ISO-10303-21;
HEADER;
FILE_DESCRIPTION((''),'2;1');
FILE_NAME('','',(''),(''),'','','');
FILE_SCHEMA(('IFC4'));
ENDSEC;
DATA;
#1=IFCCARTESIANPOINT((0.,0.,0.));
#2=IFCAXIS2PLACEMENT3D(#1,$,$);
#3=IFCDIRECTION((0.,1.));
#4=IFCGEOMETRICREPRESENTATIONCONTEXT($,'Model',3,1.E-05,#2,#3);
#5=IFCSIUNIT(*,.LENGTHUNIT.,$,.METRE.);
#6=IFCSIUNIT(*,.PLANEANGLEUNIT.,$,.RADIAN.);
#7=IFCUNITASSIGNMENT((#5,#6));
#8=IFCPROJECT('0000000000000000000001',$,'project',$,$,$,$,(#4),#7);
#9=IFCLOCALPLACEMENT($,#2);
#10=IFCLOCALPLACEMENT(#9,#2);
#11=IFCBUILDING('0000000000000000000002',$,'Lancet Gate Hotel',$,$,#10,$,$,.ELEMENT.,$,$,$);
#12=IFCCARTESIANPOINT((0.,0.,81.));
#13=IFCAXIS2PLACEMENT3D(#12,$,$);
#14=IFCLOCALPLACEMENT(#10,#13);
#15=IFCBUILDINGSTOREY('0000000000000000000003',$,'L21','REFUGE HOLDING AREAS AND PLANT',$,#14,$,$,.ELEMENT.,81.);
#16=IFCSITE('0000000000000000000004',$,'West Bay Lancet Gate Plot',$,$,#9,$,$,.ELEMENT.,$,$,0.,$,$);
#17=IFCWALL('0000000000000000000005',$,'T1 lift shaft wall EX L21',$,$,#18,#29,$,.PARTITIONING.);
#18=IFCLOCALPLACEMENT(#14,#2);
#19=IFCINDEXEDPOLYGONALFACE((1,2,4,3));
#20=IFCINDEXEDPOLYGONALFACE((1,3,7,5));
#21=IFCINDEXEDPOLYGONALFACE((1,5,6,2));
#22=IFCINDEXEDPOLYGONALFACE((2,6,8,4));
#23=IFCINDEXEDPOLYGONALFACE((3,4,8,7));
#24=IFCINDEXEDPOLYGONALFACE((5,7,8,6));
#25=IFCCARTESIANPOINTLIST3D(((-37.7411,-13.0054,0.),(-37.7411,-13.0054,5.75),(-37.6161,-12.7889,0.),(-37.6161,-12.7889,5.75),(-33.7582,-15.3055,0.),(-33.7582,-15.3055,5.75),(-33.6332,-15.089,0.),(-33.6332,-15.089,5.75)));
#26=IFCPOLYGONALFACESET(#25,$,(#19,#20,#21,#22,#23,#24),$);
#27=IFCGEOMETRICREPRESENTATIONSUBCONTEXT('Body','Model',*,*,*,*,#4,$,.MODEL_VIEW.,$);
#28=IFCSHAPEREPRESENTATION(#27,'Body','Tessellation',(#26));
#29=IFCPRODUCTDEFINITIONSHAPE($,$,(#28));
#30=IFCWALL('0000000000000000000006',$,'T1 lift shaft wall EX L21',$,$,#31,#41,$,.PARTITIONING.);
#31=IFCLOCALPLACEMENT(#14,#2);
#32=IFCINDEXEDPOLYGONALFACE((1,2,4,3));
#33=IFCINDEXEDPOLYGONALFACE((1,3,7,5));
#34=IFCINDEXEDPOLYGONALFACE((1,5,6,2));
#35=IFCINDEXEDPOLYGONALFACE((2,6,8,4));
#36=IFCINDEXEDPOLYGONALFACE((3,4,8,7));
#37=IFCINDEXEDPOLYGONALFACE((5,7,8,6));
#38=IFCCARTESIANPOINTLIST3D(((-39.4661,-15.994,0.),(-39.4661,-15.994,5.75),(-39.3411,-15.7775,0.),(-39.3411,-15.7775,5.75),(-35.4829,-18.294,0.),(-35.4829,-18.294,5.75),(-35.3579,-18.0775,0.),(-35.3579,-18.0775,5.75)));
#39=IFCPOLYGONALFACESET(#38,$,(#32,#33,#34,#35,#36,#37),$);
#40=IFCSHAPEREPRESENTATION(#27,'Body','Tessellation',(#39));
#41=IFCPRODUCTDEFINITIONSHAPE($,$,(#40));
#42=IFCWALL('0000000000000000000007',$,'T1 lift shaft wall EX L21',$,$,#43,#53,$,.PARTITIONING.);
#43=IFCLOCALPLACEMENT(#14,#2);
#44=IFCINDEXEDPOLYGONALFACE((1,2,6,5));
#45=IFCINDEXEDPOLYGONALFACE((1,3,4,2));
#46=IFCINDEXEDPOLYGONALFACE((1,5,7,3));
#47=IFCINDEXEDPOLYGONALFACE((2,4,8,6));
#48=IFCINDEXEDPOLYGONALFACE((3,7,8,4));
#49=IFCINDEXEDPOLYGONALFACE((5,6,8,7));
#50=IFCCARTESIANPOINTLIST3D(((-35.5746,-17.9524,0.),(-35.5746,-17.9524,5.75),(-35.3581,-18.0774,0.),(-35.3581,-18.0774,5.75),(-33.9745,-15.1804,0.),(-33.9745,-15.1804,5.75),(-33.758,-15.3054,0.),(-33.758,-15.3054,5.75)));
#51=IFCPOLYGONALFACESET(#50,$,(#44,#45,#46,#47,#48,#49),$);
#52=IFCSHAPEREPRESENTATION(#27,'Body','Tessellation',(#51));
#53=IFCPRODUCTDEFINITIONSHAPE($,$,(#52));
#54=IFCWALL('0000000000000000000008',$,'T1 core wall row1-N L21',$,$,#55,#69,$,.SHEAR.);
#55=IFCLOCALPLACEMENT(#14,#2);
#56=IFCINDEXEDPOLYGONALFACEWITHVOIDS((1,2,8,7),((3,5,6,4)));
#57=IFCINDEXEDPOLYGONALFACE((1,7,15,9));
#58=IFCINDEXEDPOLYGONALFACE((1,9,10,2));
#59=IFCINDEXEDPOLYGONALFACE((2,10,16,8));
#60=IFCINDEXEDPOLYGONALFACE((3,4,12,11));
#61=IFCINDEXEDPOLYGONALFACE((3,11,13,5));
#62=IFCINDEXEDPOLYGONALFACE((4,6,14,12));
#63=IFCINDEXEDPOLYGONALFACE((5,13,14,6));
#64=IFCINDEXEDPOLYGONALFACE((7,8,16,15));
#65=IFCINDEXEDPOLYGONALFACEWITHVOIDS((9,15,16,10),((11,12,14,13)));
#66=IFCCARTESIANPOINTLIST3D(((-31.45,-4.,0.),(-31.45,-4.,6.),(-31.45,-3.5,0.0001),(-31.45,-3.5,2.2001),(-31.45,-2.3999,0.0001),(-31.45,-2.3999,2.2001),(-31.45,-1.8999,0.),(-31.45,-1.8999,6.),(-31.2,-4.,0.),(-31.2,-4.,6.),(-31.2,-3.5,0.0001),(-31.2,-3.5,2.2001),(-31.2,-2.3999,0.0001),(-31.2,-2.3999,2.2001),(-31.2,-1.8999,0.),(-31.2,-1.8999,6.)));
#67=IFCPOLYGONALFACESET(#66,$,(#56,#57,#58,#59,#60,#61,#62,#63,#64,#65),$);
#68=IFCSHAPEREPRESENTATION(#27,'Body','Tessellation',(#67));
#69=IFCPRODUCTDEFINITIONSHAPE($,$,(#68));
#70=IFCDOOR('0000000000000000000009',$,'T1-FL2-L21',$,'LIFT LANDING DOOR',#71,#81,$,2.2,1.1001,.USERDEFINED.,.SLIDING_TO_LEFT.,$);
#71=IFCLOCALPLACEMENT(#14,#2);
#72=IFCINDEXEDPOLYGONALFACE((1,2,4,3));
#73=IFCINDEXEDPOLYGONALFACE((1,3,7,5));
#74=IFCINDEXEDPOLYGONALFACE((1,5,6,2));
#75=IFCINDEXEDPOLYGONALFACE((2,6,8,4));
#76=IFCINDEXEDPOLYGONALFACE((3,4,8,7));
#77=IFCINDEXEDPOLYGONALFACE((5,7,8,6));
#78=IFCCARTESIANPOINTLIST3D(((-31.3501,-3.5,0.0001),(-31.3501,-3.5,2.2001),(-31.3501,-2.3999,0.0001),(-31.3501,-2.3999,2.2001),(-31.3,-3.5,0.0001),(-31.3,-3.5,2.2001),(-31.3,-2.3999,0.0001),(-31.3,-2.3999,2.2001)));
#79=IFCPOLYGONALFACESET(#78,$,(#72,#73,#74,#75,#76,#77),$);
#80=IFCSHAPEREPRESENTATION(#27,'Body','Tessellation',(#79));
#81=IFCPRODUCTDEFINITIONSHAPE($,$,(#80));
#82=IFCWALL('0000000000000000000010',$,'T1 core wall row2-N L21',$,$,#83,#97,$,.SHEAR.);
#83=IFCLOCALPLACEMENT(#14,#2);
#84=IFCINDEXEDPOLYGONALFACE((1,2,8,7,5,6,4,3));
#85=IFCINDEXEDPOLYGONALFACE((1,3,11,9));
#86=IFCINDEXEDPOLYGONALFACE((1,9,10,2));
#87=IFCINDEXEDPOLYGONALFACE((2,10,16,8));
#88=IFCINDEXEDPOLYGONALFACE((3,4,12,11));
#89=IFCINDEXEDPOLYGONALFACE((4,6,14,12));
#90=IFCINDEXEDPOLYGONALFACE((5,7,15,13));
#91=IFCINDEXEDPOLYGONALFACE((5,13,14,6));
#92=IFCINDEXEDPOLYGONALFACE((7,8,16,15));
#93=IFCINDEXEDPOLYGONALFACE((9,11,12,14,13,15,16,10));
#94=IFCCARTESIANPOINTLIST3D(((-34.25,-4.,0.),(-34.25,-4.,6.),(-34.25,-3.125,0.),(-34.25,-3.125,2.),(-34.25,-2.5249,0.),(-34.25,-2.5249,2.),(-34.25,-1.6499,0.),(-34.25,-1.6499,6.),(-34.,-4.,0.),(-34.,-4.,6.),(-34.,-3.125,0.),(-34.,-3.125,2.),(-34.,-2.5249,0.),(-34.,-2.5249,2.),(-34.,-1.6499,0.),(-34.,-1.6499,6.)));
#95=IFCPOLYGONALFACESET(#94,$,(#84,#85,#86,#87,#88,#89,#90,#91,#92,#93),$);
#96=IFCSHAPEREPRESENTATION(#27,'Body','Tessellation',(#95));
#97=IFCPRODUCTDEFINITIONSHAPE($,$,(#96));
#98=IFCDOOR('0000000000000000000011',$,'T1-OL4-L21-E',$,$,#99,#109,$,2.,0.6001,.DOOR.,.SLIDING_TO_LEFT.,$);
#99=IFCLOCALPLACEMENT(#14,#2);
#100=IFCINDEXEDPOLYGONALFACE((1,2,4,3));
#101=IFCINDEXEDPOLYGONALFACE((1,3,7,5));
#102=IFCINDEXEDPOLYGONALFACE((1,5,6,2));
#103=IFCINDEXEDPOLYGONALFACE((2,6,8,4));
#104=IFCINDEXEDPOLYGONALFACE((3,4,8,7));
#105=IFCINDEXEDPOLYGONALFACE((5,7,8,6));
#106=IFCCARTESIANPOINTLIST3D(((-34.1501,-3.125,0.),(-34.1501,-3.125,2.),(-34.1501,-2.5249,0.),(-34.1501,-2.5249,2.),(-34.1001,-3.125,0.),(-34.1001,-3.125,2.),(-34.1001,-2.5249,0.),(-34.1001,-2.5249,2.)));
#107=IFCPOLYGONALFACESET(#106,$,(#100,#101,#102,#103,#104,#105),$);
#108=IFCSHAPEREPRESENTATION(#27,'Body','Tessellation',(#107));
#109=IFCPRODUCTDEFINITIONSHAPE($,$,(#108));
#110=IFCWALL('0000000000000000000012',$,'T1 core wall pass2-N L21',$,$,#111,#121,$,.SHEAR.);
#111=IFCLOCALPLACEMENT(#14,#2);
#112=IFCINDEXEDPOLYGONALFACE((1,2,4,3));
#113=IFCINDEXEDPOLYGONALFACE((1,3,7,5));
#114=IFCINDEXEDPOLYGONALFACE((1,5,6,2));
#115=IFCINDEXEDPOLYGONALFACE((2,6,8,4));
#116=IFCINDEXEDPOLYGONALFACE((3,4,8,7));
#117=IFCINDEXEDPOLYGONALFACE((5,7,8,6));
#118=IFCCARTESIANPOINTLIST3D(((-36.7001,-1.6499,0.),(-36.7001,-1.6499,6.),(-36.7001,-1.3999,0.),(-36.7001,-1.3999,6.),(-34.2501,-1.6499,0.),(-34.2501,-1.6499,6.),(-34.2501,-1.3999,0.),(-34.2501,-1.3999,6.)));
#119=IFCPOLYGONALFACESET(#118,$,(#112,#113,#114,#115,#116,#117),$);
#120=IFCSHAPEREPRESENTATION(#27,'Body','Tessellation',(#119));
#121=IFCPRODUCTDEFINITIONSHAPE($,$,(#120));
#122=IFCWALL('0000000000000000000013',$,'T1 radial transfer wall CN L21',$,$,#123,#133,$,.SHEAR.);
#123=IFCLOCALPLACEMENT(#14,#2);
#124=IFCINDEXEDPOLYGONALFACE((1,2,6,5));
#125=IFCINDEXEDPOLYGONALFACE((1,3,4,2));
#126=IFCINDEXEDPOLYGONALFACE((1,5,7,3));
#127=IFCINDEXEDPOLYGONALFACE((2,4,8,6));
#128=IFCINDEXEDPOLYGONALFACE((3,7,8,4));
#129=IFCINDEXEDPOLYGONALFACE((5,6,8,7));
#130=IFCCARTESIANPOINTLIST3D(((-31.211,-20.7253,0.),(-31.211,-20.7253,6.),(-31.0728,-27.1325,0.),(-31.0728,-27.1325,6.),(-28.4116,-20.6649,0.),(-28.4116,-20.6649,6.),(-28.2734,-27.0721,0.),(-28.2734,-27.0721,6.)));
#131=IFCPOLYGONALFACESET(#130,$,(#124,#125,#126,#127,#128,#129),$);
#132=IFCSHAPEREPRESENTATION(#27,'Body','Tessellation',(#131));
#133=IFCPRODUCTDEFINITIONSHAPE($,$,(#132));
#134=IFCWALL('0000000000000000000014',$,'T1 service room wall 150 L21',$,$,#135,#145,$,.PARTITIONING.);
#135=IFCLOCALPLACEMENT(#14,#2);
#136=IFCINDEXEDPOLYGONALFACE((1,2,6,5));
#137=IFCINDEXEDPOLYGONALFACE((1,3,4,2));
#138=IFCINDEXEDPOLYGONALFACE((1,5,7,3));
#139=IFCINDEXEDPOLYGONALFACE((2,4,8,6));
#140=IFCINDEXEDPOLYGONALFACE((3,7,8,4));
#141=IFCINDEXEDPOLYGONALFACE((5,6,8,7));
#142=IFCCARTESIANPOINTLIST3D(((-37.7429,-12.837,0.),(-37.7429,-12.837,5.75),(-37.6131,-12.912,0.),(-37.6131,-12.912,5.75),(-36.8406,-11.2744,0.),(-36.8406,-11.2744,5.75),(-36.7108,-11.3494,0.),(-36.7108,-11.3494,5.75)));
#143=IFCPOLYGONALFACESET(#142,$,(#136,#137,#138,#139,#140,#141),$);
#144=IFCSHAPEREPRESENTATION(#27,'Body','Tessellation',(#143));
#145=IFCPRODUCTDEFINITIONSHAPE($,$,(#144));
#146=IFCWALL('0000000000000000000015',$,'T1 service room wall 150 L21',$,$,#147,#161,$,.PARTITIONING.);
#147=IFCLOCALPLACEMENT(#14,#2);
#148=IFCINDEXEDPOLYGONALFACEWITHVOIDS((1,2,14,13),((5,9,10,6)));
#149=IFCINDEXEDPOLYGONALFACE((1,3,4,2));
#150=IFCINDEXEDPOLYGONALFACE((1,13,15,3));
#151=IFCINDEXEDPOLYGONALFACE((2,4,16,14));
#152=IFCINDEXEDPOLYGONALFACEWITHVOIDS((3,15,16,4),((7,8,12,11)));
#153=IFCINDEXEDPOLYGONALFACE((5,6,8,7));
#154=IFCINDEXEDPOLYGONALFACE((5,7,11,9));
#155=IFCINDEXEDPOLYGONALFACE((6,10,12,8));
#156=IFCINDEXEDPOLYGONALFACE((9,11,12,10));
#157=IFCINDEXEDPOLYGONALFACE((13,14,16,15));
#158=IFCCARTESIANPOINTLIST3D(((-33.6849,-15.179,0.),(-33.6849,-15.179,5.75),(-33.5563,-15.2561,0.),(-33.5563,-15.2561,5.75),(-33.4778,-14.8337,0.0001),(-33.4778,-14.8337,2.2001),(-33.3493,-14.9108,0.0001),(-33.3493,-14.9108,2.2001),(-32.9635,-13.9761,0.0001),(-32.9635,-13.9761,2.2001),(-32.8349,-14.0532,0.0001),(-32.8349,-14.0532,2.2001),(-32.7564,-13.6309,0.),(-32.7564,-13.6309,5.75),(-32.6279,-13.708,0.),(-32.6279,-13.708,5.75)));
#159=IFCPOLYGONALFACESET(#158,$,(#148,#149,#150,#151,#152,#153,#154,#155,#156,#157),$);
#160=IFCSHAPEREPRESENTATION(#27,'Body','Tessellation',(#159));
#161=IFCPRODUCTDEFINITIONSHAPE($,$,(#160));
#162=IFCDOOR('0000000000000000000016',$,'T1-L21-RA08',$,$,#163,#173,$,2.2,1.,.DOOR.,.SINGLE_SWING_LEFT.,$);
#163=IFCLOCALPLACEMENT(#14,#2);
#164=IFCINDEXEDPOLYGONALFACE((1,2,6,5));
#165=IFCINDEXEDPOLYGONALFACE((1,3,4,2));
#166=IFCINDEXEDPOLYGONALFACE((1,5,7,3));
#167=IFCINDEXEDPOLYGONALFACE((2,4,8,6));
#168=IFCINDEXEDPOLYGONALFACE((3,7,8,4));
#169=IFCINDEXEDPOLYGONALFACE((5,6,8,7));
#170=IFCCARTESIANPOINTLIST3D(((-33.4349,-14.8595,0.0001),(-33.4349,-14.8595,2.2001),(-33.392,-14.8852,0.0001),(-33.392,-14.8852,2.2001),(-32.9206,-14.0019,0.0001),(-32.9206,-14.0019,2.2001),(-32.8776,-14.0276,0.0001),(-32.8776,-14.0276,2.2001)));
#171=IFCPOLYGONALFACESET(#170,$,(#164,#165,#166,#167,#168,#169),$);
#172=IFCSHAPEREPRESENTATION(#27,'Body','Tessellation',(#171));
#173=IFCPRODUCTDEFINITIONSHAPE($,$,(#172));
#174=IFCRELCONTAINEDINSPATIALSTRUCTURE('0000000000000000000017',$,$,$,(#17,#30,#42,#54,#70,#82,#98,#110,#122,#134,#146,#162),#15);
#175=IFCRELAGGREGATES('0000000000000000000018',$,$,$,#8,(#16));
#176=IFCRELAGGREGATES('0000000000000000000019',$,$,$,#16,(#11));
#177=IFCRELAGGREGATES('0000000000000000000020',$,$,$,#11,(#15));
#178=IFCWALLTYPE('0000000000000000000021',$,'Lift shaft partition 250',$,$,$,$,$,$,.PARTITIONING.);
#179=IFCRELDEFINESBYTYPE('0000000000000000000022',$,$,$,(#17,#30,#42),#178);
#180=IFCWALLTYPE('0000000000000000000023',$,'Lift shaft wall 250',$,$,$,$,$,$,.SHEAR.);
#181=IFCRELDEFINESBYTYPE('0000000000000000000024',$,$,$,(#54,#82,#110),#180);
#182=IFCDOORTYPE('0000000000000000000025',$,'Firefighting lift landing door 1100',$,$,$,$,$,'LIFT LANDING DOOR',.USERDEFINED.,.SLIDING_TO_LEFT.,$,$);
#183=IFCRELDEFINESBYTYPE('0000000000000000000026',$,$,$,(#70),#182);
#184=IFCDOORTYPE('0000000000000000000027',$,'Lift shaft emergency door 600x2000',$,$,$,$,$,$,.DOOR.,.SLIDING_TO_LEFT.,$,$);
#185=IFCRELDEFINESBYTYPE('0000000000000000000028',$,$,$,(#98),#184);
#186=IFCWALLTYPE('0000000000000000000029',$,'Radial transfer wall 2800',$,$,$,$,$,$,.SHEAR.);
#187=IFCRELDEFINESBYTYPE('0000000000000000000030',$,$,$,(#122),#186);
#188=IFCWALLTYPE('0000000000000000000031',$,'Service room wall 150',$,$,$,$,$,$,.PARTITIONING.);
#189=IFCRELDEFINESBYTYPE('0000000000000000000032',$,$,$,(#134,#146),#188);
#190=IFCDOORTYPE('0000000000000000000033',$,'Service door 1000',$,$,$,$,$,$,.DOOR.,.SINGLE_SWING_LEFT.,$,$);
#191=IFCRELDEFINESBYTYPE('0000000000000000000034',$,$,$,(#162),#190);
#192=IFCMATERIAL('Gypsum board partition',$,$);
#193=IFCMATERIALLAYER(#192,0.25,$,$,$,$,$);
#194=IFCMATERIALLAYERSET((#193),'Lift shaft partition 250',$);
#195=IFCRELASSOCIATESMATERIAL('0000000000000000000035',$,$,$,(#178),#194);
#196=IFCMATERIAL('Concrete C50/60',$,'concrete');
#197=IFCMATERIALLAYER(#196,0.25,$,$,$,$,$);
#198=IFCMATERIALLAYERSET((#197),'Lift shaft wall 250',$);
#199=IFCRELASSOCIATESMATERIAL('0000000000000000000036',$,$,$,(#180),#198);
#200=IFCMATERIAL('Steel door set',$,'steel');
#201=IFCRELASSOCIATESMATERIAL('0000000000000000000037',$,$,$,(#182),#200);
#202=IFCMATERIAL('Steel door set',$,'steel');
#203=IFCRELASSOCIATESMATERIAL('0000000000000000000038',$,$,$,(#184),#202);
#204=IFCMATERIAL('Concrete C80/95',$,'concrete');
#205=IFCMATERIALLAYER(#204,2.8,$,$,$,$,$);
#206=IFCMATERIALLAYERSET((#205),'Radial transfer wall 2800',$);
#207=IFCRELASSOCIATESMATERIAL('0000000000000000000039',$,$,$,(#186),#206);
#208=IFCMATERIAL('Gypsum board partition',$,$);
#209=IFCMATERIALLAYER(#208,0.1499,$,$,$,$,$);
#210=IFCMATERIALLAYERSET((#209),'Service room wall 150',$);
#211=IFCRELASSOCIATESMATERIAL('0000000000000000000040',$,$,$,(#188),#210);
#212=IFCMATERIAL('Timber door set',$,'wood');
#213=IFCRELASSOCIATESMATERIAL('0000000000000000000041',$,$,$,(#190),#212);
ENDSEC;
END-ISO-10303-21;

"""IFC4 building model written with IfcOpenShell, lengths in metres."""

from ifc_helpers import new_model, si_unit, direction, frame, frame_2d, origin, place, context, subcontext, project, spatial, rectangle, extrude, material, layer, layer_set, type_object, element, fill, save


model = new_model("IFC4")

# Units and contexts
model_context = context("Model", 3, precision=1e-05, world=origin(), true_north=direction((0.0, 1.0)))
body_context = subcontext(model_context, "Body", "Model", "MODEL_VIEW")
ifc_project = project(units=[si_unit("LENGTHUNIT", "METRE"), si_unit("PLANEANGLEUNIT", "RADIAN")], contexts=[model_context])

# Site, building, storey
site_placement = place(None, origin())
site = spatial("IfcSite", under=ifc_project, at=site_placement, Name="West Bay Lancet Gate Plot", CompositionType="ELEMENT", RefElevation=0.0)
building_placement = place(site_placement, origin())
building = spatial("IfcBuilding", under=site, at=building_placement, Name="Lancet Gate Hotel", CompositionType="ELEMENT")
storey_placement = place(building_placement, frame((0.0, 0.0, 81.0)))
storey = spatial("IfcBuildingStorey", under=building, at=storey_placement, Name="L21", Description="REFUGE HOLDING AREAS AND PLANT", CompositionType="ELEMENT", Elevation=81.0)

# Walls
ifc_material_1 = material(Name="Gypsum board partition")
ifc_layer_1 = layer(ifc_material_1, 0.25)
ifc_layer_set_1 = layer_set([ifc_layer_1], Name="Lift shaft partition 250")
wall_type_1 = type_object("IfcWallType", Name="Lift shaft partition 250", PredefinedType="PARTITIONING", material=ifc_layer_set_1)
wall_1_placement = place(storey_placement, frame((-33.6956, -15.1973, 0.0), z_axis=(0.0, 0.0, 1.0), x_axis=(-0.865977, 0.500084, 0.0)))
element("IfcWall", 1, at=wall_1_placement, inside=storey, type_object=wall_type_1, Name="T1 lift shaft wall EX L21", PredefinedType="PARTITIONING", context=body_context, shape_type="SweptSolid", body=[
    extrude(rectangle(XDim=4.5994, YDim=0.25, at=frame_2d((2.2998, 0.0))), origin(), (0.0, 0.0, 1.0), 5.75),
])
wall_2_placement = place(storey_placement, frame((-35.4204, -18.1858, 0.0), z_axis=(0.0, 0.0, 1.0), x_axis=(-0.86599, 0.500061, 0.0)))
element("IfcWall", 2, at=wall_2_placement, inside=storey, type_object=wall_type_1, Name="T1 lift shaft wall EX L21", PredefinedType="PARTITIONING", context=body_context, shape_type="SweptSolid", body=[
    extrude(rectangle(XDim=4.5996, YDim=0.25, at=frame_2d((2.2998, 0.0))), origin(), (0.0, 0.0, 1.0), 5.75),
])
wall_3_placement = place(storey_placement, frame((-33.8662, -15.2429, 0.0), z_axis=(0.0, 0.0, 1.0), x_axis=(-0.499929, -0.866066, 0.0)))
element("IfcWall", 3, at=wall_3_placement, inside=storey, type_object=wall_type_1, Name="T1 lift shaft wall EX L21", PredefinedType="PARTITIONING", context=body_context, shape_type="SweptSolid", body=[
    extrude(rectangle(XDim=3.2007, YDim=0.25, at=frame_2d((1.6003, 0.0))), origin(), (0.0, 0.0, 1.0), 5.75),
])

# Walls, openings, doors
ifc_material_2 = material(Name="Concrete C50/60", Category="concrete")
ifc_layer_2 = layer(ifc_material_2, 0.25)
ifc_layer_set_2 = layer_set([ifc_layer_2], Name="Lift shaft wall 250")
wall_type_2 = type_object("IfcWallType", Name="Lift shaft wall 250", PredefinedType="SHEAR", material=ifc_layer_set_2)
wall_4_placement = place(storey_placement, frame((-31.325, -1.8999, 0.0), z_axis=(0.0, 0.0, 1.0), x_axis=(0.0, -1.0, 0.0)))
wall_4 = element("IfcWall", 4, at=wall_4_placement, inside=storey, type_object=wall_type_2, Name="T1 core wall row1-N L21", PredefinedType="SHEAR", context=body_context, shape_type="SweptSolid", body=[
    extrude(rectangle(XDim=2.1001, YDim=0.25, at=frame_2d((1.05, 0.0))), origin(), (0.0, 0.0, 1.0), 6.0),
])
opening_1_placement = place(wall_4_placement, frame((0.5, 0.0, 0.0)))
opening_1 = element("IfcOpeningElement", 5, at=opening_1_placement, cuts=wall_4, PredefinedType="OPENING", context=body_context, shape_type="SweptSolid", body=[
    extrude(rectangle(XDim=1.1001, YDim=2.2, at=frame_2d((0.55, 1.1001))), frame((0.0, 0.135, 0.0), z_axis=(0.0, -1.0, 0.0), x_axis=(1.0, 0.0, 0.0)), (0.0, 0.0, 1.0), 0.27),
])
ifc_material_3 = material(Name="Steel door set", Category="steel")
door_type_1 = type_object("IfcDoorType", Name="Firefighting lift landing door 1100", ElementType="LIFT LANDING DOOR", OperationType="SLIDING_TO_LEFT", PredefinedType="USERDEFINED", material=ifc_material_3)
door_1_placement = place(opening_1_placement, origin())
door_1 = element("IfcDoor", 6, at=door_1_placement, inside=storey, type_object=door_type_1, Name="T1-FL2-L21", ObjectType="LIFT LANDING DOOR", OperationType="SLIDING_TO_LEFT", OverallHeight=2.2, OverallWidth=1.1001, PredefinedType="USERDEFINED", context=body_context, shape_type="SweptSolid", body=[
    extrude(rectangle(XDim=1.1001, YDim=2.2, at=frame_2d((0.55, 1.1001))), frame((0.0, 0.0249, 0.0), z_axis=(0.0, -1.0, 0.0), x_axis=(1.0, 0.0, 0.0)), (0.0, 0.0, 1.0), 0.05),
])
fill(opening_1, door_1)
wall_5_placement = place(storey_placement, frame((-34.125, -1.6499, 0.0), z_axis=(0.0, 0.0, 1.0), x_axis=(0.0, -1.0, 0.0)))
wall_5 = element("IfcWall", 7, at=wall_5_placement, inside=storey, type_object=wall_type_2, Name="T1 core wall row2-N L21", PredefinedType="SHEAR", context=body_context, shape_type="SweptSolid", body=[
    extrude(rectangle(XDim=2.3501, YDim=0.25, at=frame_2d((1.175, 0.0))), origin(), (0.0, 0.0, 1.0), 6.0),
])
opening_2_placement = place(wall_5_placement, frame((0.875, 0.0, 0.0)))
opening_2 = element("IfcOpeningElement", 8, at=opening_2_placement, cuts=wall_5, PredefinedType="OPENING", context=body_context, shape_type="SweptSolid", body=[
    extrude(rectangle(XDim=0.6001, YDim=2.0, at=frame_2d((0.3, 1.0))), frame((0.0, 0.135, 0.0), z_axis=(0.0, -1.0, 0.0), x_axis=(1.0, 0.0, 0.0)), (0.0, 0.0, 1.0), 0.27),
])
ifc_material_4 = material(Name="Steel door set", Category="steel")
door_type_2 = type_object("IfcDoorType", Name="Lift shaft emergency door 600x2000", OperationType="SLIDING_TO_LEFT", PredefinedType="DOOR", material=ifc_material_4)
door_2_placement = place(opening_2_placement, origin())
door_2 = element("IfcDoor", 9, at=door_2_placement, inside=storey, type_object=door_type_2, Name="T1-OL4-L21-E", OperationType="SLIDING_TO_LEFT", OverallHeight=2.0, OverallWidth=0.6001, PredefinedType="DOOR", context=body_context, shape_type="SweptSolid", body=[
    extrude(rectangle(XDim=0.6001, YDim=2.0, at=frame_2d((0.3, 1.0))), frame((0.0, 0.0249, 0.0), z_axis=(0.0, -1.0, 0.0), x_axis=(1.0, 0.0, 0.0)), (0.0, 0.0, 1.0), 0.05),
])
fill(opening_2, door_2)

# Walls
wall_6_placement = place(storey_placement, frame((-34.25, -1.5249, 0.0), z_axis=(0.0, 0.0, 1.0), x_axis=(-1.0, 0.0, 0.0)))
element("IfcWall", 10, at=wall_6_placement, inside=storey, type_object=wall_type_2, Name="T1 core wall pass2-N L21", PredefinedType="SHEAR", context=body_context, shape_type="SweptSolid", body=[
    extrude(rectangle(XDim=2.45, YDim=0.25, at=frame_2d((1.2251, 0.0))), origin(), (0.0, 0.0, 1.0), 6.0),
])
ifc_material_5 = material(Name="Concrete C80/95", Category="concrete")
ifc_layer_3 = layer(ifc_material_5, 2.8)
ifc_layer_set_3 = layer_set([ifc_layer_3], Name="Radial transfer wall 2800")
wall_type_3 = type_object("IfcWallType", Name="Radial transfer wall 2800", PredefinedType="SHEAR", material=ifc_layer_set_3)
wall_7_placement = place(storey_placement, frame((-29.6731, -27.1023, 0.0), z_axis=(0.0, 0.0, 1.0), x_axis=(-0.021562, 0.999768, 0.0)))
element("IfcWall", 11, at=wall_7_placement, inside=storey, type_object=wall_type_3, Name="T1 radial transfer wall CN L21", PredefinedType="SHEAR", context=body_context, shape_type="SweptSolid", body=[
    extrude(rectangle(XDim=6.4087, YDim=2.8, at=frame_2d((3.2043, 0.0))), origin(), (0.0, 0.0, 1.0), 6.0),
])
ifc_material_6 = material(Name="Gypsum board partition")
ifc_layer_4 = layer(ifc_material_6, 0.1499)
ifc_layer_set_4 = layer_set([ifc_layer_4], Name="Service room wall 150")
wall_type_4 = type_object("IfcWallType", Name="Service room wall 150", PredefinedType="PARTITIONING", material=ifc_layer_set_4)
wall_8_placement = place(storey_placement, frame((-36.7756, -11.3118, 0.0), z_axis=(0.0, 0.0, 1.0), x_axis=(-0.500039, -0.866003, 0.0)))
element("IfcWall", 12, at=wall_8_placement, inside=storey, type_object=wall_type_4, Name="T1 service room wall 150 L21", PredefinedType="PARTITIONING", context=body_context, shape_type="SweptSolid", body=[
    extrude(rectangle(XDim=1.8044, YDim=0.1499, at=frame_2d((0.9023, 0.0))), origin(), (0.0, 0.0, 1.0), 5.75),
])

# Wall, opening, door
wall_9_placement = place(storey_placement, frame((-33.6206, -15.2175, 0.0), z_axis=(0.0, 0.0, 1.0), x_axis=(0.514337, 0.857588, 0.0)))
wall_9 = element("IfcWall", 13, at=wall_9_placement, inside=storey, type_object=wall_type_4, Name="T1 service room wall 150 L21", PredefinedType="PARTITIONING", context=body_context, shape_type="SweptSolid", body=[
    extrude(rectangle(XDim=1.8052, YDim=0.1499, at=frame_2d((0.9026, 0.0))), origin(), (0.0, 0.0, 1.0), 5.75),
])
opening_3_placement = place(wall_9_placement, frame((0.4026, 0.0, 0.0)))
opening_3 = element("IfcOpeningElement", 14, at=opening_3_placement, cuts=wall_9, PredefinedType="OPENING", context=body_context, shape_type="SweptSolid", body=[
    extrude(rectangle(XDim=1.0, YDim=2.2, at=frame_2d((0.5, 1.1001))), frame((0.0, 0.085, 0.0), z_axis=(0.0, -1.0, 0.0), x_axis=(1.0, 0.0, 0.0)), (0.0, 0.0, 1.0), 0.1699),
])
ifc_material_7 = material(Name="Timber door set", Category="wood")
door_type_3 = type_object("IfcDoorType", Name="Service door 1000", OperationType="SINGLE_SWING_LEFT", PredefinedType="DOOR", material=ifc_material_7)
door_3_placement = place(opening_3_placement, origin())
door_3 = element("IfcDoor", 15, at=door_3_placement, inside=storey, type_object=door_type_3, Name="T1-L21-RA08", OperationType="SINGLE_SWING_LEFT", OverallHeight=2.2, OverallWidth=1.0, PredefinedType="DOOR", context=body_context, shape_type="SweptSolid", body=[
    extrude(rectangle(XDim=1.0, YDim=2.2, at=frame_2d((0.5, 1.1001))), frame((0.0, 0.0249, 0.0), z_axis=(0.0, -1.0, 0.0), x_axis=(1.0, 0.0, 0.0)), (0.0, 0.0, 1.0), 0.05),
])
fill(opening_3, door_3)

save(model, "model.ifc")
